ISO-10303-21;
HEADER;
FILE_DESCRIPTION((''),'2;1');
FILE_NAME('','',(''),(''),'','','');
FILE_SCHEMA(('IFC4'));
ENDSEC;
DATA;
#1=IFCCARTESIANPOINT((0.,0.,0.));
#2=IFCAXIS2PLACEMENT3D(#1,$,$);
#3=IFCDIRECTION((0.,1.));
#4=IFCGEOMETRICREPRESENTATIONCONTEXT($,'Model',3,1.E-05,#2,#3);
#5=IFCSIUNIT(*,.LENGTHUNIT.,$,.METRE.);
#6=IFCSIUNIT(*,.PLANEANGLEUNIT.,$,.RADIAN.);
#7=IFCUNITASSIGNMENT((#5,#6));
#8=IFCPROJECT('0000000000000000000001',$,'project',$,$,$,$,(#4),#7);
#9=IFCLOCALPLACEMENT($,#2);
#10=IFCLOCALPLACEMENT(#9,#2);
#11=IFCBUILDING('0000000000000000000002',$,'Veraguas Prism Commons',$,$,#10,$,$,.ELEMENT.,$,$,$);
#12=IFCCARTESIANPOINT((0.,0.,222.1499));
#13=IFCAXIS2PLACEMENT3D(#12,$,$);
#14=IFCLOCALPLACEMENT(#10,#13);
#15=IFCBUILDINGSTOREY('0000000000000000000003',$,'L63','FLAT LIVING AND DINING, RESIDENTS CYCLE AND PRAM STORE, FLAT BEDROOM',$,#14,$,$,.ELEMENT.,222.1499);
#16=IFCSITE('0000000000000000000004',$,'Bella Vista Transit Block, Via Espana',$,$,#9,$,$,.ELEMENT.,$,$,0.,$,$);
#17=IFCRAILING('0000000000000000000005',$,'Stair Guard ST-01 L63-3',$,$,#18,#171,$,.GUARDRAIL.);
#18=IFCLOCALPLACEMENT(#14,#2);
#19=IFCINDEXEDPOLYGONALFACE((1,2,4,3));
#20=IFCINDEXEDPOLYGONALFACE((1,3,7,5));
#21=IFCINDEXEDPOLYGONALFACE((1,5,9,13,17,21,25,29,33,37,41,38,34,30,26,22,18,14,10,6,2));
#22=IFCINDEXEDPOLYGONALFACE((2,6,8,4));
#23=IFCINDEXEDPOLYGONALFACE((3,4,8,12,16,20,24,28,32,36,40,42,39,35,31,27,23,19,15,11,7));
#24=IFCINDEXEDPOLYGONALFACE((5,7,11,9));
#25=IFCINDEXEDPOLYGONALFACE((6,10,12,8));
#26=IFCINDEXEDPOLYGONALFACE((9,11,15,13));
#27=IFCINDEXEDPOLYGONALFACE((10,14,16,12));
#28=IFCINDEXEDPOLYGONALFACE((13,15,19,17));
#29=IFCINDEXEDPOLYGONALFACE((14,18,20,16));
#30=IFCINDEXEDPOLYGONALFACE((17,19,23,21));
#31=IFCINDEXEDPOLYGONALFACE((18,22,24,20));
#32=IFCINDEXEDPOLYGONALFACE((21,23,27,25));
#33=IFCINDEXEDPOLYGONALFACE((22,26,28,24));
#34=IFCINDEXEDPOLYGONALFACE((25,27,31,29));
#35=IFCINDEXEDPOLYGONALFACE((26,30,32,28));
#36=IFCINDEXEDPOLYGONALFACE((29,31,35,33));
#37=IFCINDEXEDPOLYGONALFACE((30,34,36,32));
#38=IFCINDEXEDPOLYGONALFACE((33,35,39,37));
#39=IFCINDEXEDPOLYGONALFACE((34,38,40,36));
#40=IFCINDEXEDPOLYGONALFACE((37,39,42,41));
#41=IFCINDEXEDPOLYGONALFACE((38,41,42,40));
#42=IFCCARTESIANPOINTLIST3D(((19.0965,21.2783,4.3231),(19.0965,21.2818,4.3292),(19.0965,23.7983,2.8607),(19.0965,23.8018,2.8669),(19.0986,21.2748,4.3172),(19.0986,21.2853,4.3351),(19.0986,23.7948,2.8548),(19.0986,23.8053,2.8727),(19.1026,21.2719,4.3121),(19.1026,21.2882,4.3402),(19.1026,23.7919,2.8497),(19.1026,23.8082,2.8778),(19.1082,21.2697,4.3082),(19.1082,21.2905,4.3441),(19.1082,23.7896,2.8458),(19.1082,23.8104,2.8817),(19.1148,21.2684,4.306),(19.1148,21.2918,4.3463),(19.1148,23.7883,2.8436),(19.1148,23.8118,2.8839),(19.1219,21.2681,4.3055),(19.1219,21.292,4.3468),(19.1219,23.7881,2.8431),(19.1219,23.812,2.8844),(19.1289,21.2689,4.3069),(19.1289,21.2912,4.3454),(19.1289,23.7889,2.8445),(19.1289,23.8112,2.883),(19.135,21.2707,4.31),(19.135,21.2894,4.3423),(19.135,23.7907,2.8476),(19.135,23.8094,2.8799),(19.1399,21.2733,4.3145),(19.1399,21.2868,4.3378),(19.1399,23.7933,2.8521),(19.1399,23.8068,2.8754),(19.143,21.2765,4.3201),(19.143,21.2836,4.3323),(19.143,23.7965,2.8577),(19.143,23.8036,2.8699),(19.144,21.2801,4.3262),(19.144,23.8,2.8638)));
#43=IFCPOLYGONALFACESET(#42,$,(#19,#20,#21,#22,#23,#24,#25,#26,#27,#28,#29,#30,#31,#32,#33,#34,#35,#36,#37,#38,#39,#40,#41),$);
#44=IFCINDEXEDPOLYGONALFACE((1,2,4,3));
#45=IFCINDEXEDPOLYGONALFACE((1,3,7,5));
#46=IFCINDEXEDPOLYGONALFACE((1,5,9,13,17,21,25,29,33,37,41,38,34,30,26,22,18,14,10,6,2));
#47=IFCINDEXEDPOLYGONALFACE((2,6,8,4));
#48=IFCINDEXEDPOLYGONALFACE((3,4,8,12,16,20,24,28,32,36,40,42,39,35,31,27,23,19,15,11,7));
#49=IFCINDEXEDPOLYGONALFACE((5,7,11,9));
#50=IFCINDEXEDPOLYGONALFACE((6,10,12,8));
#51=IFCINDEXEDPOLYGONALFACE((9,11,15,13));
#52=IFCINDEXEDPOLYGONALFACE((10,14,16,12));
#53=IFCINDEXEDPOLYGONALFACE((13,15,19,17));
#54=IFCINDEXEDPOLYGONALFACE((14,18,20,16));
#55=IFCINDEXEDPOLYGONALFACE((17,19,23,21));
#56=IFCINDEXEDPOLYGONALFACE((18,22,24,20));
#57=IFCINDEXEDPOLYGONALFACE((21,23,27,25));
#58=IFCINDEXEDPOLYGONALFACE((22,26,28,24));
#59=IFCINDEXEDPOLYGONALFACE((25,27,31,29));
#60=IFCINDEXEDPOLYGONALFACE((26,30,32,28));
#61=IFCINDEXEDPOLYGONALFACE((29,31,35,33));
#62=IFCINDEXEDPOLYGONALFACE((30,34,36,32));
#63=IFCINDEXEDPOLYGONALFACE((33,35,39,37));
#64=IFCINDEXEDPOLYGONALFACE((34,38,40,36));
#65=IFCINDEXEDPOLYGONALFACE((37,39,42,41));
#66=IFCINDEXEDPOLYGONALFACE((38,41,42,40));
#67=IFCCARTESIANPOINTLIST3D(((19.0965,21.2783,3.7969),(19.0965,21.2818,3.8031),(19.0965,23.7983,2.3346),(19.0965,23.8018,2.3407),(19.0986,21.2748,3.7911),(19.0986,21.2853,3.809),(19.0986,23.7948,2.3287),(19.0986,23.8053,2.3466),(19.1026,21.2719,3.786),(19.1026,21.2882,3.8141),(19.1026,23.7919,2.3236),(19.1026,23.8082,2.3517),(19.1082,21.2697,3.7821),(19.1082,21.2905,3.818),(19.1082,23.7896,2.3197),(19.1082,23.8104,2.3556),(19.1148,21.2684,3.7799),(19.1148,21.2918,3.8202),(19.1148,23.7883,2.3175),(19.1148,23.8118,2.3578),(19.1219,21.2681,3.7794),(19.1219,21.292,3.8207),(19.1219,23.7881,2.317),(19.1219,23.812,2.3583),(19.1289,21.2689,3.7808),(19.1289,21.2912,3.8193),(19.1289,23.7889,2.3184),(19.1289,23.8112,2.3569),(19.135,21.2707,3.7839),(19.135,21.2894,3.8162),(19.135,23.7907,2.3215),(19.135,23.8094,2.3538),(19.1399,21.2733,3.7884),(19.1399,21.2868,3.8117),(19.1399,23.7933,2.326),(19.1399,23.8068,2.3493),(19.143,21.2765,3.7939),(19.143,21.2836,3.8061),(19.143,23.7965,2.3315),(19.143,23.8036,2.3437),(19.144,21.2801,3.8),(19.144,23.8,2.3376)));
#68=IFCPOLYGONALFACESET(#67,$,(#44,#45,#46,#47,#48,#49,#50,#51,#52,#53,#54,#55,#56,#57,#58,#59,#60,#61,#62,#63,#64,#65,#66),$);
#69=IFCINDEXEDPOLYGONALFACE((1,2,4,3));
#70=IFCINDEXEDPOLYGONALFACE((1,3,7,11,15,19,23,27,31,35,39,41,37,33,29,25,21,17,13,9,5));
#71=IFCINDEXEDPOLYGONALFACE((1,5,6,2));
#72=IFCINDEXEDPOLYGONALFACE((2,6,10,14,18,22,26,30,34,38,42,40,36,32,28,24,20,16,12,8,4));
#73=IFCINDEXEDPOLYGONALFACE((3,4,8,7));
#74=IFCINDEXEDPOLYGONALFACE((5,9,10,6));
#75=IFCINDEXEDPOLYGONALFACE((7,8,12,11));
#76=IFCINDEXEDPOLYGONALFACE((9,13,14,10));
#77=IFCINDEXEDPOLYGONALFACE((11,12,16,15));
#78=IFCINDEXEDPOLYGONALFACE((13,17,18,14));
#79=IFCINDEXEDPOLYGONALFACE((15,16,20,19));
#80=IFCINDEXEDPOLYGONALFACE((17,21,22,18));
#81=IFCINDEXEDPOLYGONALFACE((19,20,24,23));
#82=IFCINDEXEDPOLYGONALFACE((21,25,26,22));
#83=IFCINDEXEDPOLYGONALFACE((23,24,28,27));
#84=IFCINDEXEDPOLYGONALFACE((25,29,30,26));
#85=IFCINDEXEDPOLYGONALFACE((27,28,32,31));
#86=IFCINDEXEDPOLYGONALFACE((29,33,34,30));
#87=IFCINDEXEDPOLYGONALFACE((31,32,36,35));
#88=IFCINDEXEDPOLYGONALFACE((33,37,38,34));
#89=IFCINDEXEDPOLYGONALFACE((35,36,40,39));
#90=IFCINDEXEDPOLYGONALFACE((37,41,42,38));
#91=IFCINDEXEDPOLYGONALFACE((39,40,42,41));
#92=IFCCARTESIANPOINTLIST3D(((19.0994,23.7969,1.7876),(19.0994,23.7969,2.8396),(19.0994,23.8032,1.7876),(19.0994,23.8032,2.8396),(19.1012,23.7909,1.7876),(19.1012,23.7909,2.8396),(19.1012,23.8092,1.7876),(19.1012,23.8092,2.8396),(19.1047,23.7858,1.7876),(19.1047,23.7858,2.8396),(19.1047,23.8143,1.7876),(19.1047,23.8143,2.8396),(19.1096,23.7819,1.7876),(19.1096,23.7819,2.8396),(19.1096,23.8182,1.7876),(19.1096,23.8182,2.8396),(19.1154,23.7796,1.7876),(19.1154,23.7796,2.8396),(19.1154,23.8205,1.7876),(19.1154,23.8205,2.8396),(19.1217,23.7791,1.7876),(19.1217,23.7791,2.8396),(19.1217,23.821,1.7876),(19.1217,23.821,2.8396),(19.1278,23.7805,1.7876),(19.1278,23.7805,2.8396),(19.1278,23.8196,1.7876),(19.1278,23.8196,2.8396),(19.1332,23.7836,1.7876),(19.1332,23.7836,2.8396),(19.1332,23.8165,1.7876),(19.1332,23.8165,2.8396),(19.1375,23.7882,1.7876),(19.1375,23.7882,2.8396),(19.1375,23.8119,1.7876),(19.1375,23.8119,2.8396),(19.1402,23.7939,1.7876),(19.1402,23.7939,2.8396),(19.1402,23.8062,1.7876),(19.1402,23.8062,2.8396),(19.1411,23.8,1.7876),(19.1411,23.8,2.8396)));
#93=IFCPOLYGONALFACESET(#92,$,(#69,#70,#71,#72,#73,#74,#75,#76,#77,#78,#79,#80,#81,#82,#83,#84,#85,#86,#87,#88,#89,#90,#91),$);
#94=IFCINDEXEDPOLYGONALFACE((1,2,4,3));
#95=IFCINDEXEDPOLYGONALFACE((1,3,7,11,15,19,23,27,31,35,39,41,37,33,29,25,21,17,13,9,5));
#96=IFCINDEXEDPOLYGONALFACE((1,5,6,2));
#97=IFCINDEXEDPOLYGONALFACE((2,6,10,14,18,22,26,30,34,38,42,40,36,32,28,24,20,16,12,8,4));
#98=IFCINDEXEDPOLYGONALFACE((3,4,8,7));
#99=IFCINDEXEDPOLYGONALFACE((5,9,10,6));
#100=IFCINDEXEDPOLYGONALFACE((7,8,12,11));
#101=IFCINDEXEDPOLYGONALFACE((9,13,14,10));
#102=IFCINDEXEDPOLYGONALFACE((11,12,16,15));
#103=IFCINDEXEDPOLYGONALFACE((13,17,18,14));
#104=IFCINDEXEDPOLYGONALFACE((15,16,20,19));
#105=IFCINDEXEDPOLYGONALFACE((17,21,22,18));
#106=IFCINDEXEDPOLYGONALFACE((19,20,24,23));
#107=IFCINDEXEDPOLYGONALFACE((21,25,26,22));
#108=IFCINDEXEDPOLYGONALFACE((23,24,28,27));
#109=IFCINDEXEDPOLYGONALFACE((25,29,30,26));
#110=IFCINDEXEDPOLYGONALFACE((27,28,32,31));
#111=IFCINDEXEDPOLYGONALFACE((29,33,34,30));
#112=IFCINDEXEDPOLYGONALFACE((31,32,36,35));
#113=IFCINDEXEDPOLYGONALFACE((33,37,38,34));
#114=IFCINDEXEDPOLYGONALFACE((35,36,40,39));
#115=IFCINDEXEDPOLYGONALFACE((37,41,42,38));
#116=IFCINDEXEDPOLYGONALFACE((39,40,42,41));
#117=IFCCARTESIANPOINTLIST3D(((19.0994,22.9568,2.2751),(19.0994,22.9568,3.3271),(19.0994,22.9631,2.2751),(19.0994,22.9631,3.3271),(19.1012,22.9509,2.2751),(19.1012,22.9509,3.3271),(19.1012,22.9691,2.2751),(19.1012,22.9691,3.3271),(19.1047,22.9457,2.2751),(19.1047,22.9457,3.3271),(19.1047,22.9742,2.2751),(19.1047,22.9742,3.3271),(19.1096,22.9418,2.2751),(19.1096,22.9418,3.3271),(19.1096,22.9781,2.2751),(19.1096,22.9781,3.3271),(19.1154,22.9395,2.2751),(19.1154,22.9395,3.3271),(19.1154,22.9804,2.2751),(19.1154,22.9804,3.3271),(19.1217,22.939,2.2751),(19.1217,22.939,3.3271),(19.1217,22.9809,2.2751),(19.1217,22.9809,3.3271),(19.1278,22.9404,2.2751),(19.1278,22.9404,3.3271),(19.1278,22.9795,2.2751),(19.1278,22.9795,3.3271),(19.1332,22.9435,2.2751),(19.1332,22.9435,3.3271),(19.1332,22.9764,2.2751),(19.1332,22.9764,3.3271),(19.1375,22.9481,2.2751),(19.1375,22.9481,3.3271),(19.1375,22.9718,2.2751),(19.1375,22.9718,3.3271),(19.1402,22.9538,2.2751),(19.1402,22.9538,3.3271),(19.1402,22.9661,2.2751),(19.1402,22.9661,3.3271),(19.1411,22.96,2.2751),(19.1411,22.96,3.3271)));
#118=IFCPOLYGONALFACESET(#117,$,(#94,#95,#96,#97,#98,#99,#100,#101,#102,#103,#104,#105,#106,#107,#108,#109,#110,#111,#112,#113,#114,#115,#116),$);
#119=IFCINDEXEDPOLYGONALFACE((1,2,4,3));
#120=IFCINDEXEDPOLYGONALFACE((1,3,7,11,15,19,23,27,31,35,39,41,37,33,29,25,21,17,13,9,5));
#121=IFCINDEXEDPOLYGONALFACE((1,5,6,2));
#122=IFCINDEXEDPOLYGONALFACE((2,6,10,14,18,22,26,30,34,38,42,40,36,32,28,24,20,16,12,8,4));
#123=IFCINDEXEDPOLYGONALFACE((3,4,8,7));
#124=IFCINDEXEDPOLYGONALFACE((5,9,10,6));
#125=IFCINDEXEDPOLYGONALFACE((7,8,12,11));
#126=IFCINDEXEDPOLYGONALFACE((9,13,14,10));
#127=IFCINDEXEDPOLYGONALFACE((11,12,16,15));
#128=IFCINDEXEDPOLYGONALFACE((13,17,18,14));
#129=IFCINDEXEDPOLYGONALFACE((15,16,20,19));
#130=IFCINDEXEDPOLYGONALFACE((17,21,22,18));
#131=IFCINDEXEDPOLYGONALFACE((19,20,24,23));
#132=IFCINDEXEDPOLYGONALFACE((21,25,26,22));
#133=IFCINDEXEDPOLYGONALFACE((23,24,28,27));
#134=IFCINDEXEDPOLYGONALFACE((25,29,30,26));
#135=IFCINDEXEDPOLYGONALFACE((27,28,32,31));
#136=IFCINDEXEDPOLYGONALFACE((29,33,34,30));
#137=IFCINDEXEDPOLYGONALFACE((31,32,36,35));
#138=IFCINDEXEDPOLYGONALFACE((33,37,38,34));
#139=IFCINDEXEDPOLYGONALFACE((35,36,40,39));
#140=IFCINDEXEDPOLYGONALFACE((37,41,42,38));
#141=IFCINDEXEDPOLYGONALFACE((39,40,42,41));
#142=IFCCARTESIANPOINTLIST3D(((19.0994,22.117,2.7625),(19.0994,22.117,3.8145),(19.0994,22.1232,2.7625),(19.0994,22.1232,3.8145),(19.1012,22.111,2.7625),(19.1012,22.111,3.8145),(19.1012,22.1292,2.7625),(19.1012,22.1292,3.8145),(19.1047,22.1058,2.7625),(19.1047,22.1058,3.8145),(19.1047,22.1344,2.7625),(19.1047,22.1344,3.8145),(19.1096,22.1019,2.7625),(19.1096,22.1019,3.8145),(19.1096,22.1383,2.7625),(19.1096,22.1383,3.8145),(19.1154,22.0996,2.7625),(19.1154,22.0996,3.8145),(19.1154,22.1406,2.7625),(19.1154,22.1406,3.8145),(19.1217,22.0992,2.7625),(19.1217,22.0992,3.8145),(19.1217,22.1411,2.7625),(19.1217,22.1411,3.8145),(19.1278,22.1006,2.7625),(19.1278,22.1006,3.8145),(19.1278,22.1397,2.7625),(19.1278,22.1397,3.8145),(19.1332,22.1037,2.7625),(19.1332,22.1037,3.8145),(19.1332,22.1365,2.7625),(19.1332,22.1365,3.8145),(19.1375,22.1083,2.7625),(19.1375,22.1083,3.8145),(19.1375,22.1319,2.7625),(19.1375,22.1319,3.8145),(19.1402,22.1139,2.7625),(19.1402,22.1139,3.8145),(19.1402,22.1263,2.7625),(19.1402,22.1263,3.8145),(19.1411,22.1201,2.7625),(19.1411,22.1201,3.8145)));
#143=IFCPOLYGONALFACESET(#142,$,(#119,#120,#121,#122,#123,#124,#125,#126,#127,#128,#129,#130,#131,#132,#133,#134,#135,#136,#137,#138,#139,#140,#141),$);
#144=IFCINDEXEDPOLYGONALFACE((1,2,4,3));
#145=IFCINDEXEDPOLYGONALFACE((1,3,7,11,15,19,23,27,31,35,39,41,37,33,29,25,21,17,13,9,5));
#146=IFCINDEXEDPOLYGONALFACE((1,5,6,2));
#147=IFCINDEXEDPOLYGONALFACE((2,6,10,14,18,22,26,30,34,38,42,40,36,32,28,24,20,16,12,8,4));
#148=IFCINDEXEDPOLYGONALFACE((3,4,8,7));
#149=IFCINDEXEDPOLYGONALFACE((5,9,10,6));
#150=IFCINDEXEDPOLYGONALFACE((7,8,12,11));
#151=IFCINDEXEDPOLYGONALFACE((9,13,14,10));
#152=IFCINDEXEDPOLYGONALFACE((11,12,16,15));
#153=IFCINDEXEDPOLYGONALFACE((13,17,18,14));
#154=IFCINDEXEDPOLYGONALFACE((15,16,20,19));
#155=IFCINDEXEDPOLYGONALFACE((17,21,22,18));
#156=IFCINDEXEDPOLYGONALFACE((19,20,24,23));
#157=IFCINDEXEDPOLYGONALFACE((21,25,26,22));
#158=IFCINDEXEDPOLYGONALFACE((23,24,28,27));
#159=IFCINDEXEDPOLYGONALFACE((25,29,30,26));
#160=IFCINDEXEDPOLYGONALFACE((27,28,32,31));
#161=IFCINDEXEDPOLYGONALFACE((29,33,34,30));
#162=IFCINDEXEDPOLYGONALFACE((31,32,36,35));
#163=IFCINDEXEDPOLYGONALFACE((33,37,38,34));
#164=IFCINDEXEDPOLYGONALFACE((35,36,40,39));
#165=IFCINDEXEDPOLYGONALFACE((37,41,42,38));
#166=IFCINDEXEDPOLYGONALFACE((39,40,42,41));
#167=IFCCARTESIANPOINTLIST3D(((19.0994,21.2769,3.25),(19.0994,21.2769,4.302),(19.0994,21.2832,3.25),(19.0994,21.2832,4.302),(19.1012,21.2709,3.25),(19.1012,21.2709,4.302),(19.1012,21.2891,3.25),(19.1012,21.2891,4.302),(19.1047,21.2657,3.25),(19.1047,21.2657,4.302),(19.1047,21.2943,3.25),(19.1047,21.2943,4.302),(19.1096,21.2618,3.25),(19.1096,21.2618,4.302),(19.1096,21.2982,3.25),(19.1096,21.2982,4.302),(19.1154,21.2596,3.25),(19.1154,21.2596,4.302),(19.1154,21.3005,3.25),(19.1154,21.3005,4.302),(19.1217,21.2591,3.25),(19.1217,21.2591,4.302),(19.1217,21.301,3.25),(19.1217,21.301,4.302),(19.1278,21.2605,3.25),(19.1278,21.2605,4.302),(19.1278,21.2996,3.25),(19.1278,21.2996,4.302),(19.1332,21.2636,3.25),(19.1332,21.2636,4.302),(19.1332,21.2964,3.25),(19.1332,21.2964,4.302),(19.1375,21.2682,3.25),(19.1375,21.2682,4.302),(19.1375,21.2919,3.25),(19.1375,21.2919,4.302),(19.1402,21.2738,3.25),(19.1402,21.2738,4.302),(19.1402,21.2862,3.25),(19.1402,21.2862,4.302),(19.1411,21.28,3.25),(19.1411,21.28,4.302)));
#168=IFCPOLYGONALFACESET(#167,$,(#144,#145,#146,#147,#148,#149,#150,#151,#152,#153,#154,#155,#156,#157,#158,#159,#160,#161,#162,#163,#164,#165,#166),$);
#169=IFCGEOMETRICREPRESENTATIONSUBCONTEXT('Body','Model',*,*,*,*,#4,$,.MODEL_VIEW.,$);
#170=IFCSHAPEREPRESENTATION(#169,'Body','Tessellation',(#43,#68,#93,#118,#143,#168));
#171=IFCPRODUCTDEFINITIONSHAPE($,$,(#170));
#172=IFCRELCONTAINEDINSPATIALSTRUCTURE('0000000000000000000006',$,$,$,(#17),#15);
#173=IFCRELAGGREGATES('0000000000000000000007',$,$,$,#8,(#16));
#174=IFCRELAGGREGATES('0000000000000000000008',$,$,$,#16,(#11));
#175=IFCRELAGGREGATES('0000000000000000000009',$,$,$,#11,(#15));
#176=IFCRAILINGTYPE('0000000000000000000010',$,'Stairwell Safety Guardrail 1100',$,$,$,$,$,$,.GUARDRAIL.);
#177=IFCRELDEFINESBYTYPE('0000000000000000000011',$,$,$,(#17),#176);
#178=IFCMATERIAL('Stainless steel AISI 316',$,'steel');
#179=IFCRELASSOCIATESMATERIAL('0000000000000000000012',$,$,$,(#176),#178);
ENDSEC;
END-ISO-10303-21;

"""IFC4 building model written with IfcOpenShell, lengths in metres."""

from ifc_helpers import new_model, si_unit, direction, frame, origin, origin_2d, place, context, subcontext, project, spatial, circle, extrude, material, type_object, element, save


model = new_model("IFC4")

# Units and contexts
model_context = context("Model", 3, precision=1e-05, world=origin(), true_north=direction((0.0, 1.0)))
body_context = subcontext(model_context, "Body", "Model", "MODEL_VIEW")
ifc_project = project(units=[si_unit("LENGTHUNIT", "METRE"), si_unit("PLANEANGLEUNIT", "RADIAN")], contexts=[model_context])

# Site, building, storey
site_placement = place(None, origin())
site = spatial("IfcSite", under=ifc_project, at=site_placement, Name="Bella Vista Transit Block, Via Espana", CompositionType="ELEMENT", RefElevation=0.0)
building_placement = place(site_placement, origin())
building = spatial("IfcBuilding", under=site, at=building_placement, Name="Veraguas Prism Commons", CompositionType="ELEMENT")
storey_placement = place(building_placement, frame((0.0, 0.0, 222.1499)))
storey = spatial("IfcBuildingStorey", under=building, at=storey_placement, Name="L63", Description="FLAT LIVING AND DINING, RESIDENTS CYCLE AND PRAM STORE, FLAT BEDROOM", CompositionType="ELEMENT", Elevation=222.1499)

# Shared definitions
ifc_material_1 = material(Name="Stainless steel AISI 316", Category="steel")

# Railing
railing_type_1 = type_object("IfcRailingType", Name="Stairwell Safety Guardrail 1100", PredefinedType="GUARDRAIL", material=ifc_material_1)
railing_1_placement = place(storey_placement, frame((19.1201, 23.8, 1.7876)))
element("IfcRailing", 1, at=railing_1_placement, inside=storey, type_object=railing_type_1, Name="Stair Guard ST-01 L63-3", PredefinedType="GUARDRAIL", context=body_context, shape_type="SweptSolid", body=[
    extrude(circle(Radius=0.0239, at=origin_2d()), frame((0.0, 0.0, 1.0762), z_axis=(0.0, -0.864913, 0.501921), x_axis=(1.0, 0.0, 0.0)), (0.0, 0.0, 1.0), 2.9136),
    extrude(circle(Radius=0.0239, at=origin_2d()), frame((0.0, 0.0, 0.55), z_axis=(0.0, -0.864913, 0.501921), x_axis=(1.0, 0.0, 0.0)), (0.0, 0.0, 1.0), 2.9136),
    extrude(circle(Radius=0.021, at=origin_2d()), origin(), (0.0, 0.0, 1.0), 1.052),
    extrude(circle(Radius=0.021, at=origin_2d()), frame((0.0, -0.8401, 0.4875)), (0.0, 0.0, 1.0), 1.052),
    extrude(circle(Radius=0.021, at=origin_2d()), frame((0.0, -1.6799, 0.9749)), (0.0, 0.0, 1.0), 1.052),
    extrude(circle(Radius=0.021, at=origin_2d()), frame((0.0, -2.52, 1.4624)), (0.0, 0.0, 1.0), 1.052),
])

save(model, "model.ifc")
